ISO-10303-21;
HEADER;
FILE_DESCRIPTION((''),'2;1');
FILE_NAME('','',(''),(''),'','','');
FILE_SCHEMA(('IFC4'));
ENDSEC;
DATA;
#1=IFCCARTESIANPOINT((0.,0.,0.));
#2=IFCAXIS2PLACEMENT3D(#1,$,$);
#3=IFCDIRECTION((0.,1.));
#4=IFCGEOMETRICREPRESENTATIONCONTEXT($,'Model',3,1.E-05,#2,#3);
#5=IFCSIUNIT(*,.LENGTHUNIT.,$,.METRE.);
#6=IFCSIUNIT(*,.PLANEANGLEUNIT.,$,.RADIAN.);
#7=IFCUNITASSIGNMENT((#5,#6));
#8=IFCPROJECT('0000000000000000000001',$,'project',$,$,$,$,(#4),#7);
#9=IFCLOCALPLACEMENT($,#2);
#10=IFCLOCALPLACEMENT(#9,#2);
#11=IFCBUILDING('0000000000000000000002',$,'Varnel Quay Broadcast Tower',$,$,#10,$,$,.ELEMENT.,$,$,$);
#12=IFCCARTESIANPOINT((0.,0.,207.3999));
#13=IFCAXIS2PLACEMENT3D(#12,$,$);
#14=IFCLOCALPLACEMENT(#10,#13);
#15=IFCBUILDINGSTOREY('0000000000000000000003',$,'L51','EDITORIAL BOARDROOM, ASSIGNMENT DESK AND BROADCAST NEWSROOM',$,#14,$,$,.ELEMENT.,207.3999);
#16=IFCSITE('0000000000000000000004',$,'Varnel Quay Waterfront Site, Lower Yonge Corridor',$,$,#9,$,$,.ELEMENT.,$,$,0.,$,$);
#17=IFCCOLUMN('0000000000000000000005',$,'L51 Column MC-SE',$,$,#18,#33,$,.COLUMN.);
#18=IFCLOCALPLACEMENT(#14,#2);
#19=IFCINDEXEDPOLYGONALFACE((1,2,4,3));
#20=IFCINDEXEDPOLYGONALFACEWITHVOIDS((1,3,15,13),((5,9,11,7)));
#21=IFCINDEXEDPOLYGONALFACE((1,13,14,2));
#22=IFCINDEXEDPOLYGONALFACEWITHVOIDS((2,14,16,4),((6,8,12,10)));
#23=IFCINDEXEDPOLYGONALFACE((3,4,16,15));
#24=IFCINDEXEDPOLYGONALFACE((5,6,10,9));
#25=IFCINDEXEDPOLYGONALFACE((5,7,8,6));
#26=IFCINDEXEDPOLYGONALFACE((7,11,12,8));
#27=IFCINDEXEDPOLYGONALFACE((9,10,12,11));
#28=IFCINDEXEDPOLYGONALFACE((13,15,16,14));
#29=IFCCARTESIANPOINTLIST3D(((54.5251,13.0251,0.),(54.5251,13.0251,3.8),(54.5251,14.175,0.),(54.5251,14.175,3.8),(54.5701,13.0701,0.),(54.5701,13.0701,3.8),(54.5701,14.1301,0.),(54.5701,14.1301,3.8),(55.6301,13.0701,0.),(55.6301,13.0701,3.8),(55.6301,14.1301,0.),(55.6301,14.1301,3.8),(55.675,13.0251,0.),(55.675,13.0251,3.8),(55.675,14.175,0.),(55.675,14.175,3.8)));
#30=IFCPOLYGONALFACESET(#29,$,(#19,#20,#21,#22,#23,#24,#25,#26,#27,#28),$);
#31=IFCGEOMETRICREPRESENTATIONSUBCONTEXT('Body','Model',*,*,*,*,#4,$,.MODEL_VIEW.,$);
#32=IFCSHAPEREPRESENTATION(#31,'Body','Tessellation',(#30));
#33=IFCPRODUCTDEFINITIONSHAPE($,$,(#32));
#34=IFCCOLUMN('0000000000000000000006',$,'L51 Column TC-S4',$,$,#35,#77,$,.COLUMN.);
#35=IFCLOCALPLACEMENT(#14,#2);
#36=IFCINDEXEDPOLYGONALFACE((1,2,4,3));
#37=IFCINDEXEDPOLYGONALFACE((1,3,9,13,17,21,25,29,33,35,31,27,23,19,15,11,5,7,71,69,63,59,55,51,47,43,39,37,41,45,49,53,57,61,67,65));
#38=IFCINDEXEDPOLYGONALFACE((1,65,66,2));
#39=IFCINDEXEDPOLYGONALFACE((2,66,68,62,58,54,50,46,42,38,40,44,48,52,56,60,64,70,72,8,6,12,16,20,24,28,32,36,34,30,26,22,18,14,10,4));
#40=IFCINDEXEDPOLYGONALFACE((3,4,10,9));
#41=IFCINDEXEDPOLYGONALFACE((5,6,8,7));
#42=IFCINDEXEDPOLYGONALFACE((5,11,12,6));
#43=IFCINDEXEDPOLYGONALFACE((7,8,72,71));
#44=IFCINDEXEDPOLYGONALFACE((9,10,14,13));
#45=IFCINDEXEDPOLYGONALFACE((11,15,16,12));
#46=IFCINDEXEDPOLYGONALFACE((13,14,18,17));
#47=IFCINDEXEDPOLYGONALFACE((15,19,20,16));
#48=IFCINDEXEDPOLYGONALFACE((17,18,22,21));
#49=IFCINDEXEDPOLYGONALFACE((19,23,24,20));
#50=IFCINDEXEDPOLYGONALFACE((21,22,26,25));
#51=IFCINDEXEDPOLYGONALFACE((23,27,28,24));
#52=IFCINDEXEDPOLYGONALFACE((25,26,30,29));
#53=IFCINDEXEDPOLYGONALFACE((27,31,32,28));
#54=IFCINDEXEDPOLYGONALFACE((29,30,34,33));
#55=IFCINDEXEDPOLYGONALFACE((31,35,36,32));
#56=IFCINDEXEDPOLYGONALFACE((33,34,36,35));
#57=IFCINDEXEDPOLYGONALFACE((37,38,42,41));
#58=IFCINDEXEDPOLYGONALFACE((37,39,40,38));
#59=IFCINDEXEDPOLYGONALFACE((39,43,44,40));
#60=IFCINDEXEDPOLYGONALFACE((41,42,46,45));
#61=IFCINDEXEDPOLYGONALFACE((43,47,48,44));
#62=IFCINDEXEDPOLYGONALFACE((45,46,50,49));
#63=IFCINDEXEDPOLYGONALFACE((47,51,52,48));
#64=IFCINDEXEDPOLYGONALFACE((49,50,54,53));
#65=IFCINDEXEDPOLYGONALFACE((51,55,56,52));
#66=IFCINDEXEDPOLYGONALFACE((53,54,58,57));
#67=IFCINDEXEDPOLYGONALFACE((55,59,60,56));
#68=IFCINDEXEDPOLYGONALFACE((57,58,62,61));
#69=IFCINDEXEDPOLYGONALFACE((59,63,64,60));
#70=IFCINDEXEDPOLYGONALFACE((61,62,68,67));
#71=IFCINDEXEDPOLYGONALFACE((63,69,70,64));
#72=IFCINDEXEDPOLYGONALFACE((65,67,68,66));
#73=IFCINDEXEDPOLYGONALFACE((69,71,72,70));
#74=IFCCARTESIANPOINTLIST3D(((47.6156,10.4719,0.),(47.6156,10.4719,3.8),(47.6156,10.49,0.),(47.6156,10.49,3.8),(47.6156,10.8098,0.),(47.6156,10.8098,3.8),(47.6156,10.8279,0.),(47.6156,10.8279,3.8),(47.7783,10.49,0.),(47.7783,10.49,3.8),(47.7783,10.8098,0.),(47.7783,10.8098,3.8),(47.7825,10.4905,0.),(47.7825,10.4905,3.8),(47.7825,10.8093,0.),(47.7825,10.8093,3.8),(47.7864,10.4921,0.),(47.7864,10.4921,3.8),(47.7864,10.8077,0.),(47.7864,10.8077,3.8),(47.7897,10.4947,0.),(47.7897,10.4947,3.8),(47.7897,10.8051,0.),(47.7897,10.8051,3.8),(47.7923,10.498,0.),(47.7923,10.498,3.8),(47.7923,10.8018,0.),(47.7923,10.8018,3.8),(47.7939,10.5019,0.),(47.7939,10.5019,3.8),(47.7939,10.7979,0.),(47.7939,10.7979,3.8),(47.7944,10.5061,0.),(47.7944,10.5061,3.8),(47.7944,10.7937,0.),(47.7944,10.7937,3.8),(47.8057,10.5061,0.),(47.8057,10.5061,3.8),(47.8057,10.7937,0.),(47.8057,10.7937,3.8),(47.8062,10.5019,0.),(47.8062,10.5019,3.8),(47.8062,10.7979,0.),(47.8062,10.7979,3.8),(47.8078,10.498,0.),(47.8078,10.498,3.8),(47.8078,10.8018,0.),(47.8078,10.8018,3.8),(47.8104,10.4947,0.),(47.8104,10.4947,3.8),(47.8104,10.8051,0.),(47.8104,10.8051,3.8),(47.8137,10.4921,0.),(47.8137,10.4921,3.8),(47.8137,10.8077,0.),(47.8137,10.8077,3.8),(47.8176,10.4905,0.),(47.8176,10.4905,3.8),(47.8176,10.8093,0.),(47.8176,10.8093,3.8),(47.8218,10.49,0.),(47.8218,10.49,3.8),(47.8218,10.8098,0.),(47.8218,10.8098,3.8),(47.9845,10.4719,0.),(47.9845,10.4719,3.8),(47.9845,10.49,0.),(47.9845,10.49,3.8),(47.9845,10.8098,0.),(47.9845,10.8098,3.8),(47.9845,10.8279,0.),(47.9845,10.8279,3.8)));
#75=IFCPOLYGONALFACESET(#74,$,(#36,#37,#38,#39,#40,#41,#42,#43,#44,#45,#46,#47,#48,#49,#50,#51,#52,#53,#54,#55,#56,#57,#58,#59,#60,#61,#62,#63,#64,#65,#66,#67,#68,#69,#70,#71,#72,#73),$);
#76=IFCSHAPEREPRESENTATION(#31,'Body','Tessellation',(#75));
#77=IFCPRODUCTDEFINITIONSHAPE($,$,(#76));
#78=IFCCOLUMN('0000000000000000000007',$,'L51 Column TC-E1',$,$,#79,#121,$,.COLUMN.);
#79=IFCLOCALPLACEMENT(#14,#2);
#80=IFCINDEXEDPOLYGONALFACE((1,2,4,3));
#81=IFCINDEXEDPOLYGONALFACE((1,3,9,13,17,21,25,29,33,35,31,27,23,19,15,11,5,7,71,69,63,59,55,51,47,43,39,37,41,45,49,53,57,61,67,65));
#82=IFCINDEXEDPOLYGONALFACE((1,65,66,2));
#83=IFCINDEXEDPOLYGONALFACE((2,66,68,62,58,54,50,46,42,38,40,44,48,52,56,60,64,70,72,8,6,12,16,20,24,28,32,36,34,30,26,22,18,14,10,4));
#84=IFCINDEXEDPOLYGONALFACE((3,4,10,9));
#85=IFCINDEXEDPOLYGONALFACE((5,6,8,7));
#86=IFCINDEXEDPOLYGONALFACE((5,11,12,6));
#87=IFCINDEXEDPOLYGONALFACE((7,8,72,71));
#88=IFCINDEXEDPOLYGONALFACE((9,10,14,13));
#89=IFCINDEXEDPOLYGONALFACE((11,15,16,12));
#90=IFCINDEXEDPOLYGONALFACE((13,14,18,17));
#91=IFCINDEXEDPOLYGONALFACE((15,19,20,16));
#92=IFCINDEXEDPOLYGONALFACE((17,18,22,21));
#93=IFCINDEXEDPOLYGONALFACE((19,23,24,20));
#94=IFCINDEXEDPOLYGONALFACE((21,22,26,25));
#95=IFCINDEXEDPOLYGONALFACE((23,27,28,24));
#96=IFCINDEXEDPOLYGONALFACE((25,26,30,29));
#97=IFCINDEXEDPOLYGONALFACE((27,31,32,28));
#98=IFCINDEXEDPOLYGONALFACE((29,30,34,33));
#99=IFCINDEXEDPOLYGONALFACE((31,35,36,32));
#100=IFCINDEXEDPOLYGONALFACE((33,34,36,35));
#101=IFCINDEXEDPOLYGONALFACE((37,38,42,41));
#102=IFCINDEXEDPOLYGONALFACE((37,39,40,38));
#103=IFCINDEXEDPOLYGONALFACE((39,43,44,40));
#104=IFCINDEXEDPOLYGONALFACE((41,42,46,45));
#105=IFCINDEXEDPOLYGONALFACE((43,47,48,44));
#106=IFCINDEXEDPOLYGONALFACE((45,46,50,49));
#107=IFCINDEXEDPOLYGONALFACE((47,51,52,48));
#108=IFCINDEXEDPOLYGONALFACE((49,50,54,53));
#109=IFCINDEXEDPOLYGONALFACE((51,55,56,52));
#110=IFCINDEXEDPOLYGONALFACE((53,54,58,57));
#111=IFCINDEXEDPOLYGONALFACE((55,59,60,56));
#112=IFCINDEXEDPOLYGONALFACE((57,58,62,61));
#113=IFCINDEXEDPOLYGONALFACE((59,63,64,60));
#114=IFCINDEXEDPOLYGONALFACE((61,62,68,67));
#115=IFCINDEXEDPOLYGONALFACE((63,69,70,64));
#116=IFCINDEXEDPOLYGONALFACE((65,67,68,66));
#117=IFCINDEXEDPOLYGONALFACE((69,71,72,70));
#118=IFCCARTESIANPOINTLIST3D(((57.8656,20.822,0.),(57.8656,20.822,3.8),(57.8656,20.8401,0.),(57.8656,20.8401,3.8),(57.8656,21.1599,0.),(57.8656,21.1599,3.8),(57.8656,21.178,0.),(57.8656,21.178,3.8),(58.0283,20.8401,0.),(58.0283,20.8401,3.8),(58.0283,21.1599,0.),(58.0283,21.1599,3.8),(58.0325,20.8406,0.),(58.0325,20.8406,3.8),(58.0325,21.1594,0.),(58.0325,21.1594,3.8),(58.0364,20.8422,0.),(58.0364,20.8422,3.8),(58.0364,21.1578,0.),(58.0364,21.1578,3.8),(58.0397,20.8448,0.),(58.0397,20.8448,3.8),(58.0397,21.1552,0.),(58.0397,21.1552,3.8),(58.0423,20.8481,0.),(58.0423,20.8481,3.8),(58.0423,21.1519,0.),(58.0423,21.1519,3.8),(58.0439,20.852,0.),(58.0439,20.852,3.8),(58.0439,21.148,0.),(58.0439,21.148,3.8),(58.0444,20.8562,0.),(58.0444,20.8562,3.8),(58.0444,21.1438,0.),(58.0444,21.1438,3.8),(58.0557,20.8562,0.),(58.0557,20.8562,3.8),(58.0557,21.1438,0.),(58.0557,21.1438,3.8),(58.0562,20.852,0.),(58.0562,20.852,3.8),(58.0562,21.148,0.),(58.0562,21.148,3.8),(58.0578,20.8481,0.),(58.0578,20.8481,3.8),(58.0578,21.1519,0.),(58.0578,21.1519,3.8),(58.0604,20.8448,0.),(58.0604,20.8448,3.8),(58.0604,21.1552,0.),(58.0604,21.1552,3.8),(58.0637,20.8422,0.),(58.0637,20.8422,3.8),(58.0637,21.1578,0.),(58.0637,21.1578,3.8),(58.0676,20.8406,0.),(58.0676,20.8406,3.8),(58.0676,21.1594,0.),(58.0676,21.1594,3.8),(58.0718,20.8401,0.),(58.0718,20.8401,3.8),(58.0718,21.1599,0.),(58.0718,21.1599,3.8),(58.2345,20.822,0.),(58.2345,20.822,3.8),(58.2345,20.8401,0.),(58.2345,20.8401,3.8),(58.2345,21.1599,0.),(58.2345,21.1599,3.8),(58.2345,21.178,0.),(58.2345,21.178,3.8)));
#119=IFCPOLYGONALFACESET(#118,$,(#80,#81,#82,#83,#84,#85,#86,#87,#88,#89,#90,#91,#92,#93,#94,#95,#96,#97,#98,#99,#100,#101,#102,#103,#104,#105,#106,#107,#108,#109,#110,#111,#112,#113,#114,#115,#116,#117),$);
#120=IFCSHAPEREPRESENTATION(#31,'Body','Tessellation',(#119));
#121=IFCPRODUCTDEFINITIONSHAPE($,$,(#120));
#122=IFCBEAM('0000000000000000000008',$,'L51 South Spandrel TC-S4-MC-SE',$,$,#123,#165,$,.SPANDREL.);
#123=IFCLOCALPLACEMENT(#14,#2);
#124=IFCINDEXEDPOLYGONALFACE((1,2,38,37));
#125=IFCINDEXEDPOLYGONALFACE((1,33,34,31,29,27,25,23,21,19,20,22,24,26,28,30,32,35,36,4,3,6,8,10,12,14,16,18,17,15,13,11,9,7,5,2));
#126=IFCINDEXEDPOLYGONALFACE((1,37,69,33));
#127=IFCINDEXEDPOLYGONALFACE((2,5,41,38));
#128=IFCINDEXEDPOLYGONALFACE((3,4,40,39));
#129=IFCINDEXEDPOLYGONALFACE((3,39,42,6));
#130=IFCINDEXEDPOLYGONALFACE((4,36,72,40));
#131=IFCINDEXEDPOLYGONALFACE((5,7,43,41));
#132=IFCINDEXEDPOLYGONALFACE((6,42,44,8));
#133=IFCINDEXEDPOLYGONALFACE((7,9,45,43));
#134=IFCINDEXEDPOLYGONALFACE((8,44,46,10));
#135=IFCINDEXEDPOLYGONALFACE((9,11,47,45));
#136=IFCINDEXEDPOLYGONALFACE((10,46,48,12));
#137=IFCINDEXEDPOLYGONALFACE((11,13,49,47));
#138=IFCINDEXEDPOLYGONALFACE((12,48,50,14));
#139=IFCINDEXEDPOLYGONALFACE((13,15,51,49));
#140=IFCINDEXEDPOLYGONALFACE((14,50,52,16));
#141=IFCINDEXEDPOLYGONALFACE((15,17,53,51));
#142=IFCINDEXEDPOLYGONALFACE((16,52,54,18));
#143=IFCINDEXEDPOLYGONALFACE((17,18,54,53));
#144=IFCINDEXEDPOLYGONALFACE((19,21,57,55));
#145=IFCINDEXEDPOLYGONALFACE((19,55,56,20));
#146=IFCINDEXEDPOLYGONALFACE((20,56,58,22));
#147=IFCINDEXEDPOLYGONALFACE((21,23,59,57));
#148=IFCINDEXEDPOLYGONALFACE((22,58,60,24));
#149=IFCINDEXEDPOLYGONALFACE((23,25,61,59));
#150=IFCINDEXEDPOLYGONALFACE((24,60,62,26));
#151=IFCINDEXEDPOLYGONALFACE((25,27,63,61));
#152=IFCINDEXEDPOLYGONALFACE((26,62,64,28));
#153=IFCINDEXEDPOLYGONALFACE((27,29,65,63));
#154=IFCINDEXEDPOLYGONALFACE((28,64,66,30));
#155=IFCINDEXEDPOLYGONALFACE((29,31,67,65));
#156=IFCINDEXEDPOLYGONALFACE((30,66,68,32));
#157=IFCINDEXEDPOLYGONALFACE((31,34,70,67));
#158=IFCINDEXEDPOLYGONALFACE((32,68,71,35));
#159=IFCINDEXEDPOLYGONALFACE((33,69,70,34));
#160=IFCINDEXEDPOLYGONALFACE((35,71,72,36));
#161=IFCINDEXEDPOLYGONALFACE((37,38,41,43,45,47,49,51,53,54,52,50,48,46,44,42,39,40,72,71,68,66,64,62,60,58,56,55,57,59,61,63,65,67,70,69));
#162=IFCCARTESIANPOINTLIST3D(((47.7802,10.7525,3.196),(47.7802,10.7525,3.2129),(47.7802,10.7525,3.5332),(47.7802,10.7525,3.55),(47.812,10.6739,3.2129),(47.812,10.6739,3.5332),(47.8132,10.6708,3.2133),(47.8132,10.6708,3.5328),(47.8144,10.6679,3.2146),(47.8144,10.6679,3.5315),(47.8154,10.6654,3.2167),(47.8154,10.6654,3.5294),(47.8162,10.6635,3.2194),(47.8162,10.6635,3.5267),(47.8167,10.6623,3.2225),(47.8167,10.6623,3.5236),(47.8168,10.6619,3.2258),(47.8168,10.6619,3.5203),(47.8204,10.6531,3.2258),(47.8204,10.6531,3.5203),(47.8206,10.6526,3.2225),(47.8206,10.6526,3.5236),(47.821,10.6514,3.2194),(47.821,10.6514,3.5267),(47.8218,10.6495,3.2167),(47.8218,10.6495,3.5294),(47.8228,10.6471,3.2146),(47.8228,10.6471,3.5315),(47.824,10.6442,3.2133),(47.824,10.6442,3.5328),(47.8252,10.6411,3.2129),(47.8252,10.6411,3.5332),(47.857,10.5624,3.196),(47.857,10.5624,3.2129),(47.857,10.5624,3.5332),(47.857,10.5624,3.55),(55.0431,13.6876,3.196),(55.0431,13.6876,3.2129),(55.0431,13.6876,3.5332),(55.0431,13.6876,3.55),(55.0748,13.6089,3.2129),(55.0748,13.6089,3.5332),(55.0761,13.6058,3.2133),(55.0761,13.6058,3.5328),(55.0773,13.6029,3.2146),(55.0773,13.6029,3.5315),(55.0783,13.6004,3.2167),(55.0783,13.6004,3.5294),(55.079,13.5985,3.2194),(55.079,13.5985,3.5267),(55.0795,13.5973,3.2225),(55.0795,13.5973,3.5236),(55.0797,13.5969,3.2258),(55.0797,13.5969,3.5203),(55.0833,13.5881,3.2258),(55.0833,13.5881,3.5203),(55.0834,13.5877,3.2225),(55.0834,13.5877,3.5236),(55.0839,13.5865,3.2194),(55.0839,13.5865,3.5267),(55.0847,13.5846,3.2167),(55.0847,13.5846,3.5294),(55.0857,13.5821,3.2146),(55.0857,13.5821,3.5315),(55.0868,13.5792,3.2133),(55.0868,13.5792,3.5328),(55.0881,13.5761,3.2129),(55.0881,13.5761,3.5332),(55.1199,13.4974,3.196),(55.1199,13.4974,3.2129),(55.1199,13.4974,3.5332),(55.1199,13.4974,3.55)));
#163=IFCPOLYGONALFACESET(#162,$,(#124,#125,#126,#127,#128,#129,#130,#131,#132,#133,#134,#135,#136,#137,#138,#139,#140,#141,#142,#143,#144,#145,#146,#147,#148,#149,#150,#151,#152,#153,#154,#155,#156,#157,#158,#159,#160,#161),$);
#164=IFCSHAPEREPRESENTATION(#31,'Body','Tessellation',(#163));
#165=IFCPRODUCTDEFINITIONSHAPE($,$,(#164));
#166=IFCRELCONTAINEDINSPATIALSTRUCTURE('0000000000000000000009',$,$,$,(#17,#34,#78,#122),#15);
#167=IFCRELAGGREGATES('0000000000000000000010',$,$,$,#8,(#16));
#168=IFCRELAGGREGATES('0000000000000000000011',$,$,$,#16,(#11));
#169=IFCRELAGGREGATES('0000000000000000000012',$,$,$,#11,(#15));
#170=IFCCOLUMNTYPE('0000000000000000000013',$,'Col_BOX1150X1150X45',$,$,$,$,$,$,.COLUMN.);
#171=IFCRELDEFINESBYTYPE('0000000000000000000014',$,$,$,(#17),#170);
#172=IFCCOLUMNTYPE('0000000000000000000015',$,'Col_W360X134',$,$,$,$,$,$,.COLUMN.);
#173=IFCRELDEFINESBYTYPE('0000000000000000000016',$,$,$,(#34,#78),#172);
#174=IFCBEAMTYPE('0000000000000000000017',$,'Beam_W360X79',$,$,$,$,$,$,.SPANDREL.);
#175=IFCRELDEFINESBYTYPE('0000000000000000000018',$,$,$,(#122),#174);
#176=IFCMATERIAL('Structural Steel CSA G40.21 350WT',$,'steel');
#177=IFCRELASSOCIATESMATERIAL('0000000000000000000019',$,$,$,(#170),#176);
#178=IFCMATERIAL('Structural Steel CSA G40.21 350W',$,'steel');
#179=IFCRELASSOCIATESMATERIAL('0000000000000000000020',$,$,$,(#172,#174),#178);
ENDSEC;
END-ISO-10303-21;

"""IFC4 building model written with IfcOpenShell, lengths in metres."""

from ifc_helpers import new_model, si_unit, direction, frame, origin, origin_2d, place, context, subcontext, project, spatial, hollow_rectangle, i_section, extrude, source, transform, mapped, material, material_profile, profile_set, type_object, type_shapes, element, save


model = new_model("IFC4")

# Units and contexts
model_context = context("Model", 3, precision=1e-05, world=origin(), true_north=direction((0.0, 1.0)))
body_context = subcontext(model_context, "Body", "Model", "MODEL_VIEW")
ifc_project = project(units=[si_unit("LENGTHUNIT", "METRE"), si_unit("PLANEANGLEUNIT", "RADIAN")], contexts=[model_context])

# Site, building, storey
site_placement = place(None, origin())
site = spatial("IfcSite", under=ifc_project, at=site_placement, Name="Varnel Quay Waterfront Site, Lower Yonge Corridor", CompositionType="ELEMENT", RefElevation=0.0)
building_placement = place(site_placement, origin())
building = spatial("IfcBuilding", under=site, at=building_placement, Name="Varnel Quay Broadcast Tower", CompositionType="ELEMENT")
storey_placement = place(building_placement, frame((0.0, 0.0, 207.3999)))
storey = spatial("IfcBuildingStorey", under=building, at=storey_placement, Name="L51", Description="EDITORIAL BOARDROOM, ASSIGNMENT DESK AND BROADCAST NEWSROOM", CompositionType="ELEMENT", Elevation=207.3999)

# Columns
ifc_material_1 = material(Name="Structural Steel CSA G40.21 350WT", Category="steel")
ifc_material_profile_1 = material_profile(ifc_material_1, hollow_rectangle(XDim=1.1499, YDim=1.1499, WallThickness=0.0449, at=origin_2d()), Name="BOX1150X1150X45")
ifc_profile_set_1 = profile_set([ifc_material_profile_1], Name="Structural Steel CSA G40.21 350WT")
column_type_1 = type_object("IfcColumnType", Name="Col_BOX1150X1150X45", PredefinedType="COLUMN", material=ifc_profile_set_1)
shared_shape_1 = source(origin(), body_context, "Body", "SweptSolid", [
    extrude(hollow_rectangle(XDim=1.1499, YDim=1.1499, WallThickness=0.0449, at=origin_2d()), origin(), (0.0, 0.0, 1.0), 3.8),
])
type_shapes(column_type_1, [shared_shape_1])
column_placement = place(storey_placement, frame((55.1001, 13.6001, 0.0), z_axis=(0.0, 0.0, 1.0), x_axis=(1.0, 0.0, 0.0)))
element("IfcColumn", 1, at=column_placement, inside=storey, type_object=column_type_1, Name="L51 Column MC-SE", PredefinedType="COLUMN", context=body_context, shape_type="MappedRepresentation", body=[
    mapped(shared_shape_1, transform((0.0, 0.0, 0.0), x_axis=(1.0, 0.0, 0.0), y_axis=(0.0, 1.0, 0.0), z_axis=(0.0, 0.0, 1.0), scale=1.0)),
])
ifc_material_2 = material(Name="Structural Steel CSA G40.21 350W", Category="steel")
ifc_material_profile_2 = material_profile(ifc_material_2, i_section(OverallWidth=0.3689, OverallDepth=0.356, WebThickness=0.0112, FlangeThickness=0.0181, FilletRadius=0.0161, at=origin_2d()), Name="W360X134")
ifc_profile_set_2 = profile_set([ifc_material_profile_2], Name="Structural Steel CSA G40.21 350W")
column_type_2 = type_object("IfcColumnType", Name="Col_W360X134", PredefinedType="COLUMN", material=ifc_profile_set_2)
shared_shape_2 = source(origin(), body_context, "Body", "SweptSolid", [
    extrude(i_section(OverallWidth=0.3689, OverallDepth=0.356, WebThickness=0.0112, FlangeThickness=0.0181, FilletRadius=0.0161, at=origin_2d()), origin(), (0.0, 0.0, 1.0), 3.8),
])
type_shapes(column_type_2, [shared_shape_2])
for number, where, z_axis, x_axis, name in (
    (2, (47.8, 10.6499, 0.0), (0.0, 0.0, 1.0), (1.0, 0.0, 0.0), "L51 Column TC-S4"),
    (3, (58.05, 21.0, 0.0), (0.0, 0.0, 1.0), (1.0, 0.0, 0.0), "L51 Column TC-E1"),
):
    element("IfcColumn", number, at=place(storey_placement, frame(where, z_axis=z_axis, x_axis=x_axis)), inside=storey, type_object=column_type_2, Name=name, PredefinedType="COLUMN", context=body_context, shape_type="MappedRepresentation", body=[
        mapped(shared_shape_2, transform((0.0, 0.0, 0.0), x_axis=(1.0, 0.0, 0.0), y_axis=(0.0, 1.0, 0.0), z_axis=(0.0, 0.0, 1.0), scale=1.0)),
    ])

# Beam
ifc_material_profile_3 = material_profile(ifc_material_2, i_section(OverallWidth=0.2051, OverallDepth=0.354, WebThickness=0.0095, FlangeThickness=0.0168, FilletRadius=0.0129, at=origin_2d()), Name="W360X79")
ifc_profile_set_3 = profile_set([ifc_material_profile_3], Name="Structural Steel CSA G40.21 350W")
beam_type_1 = type_object("IfcBeamType", Name="Beam_W360X79", PredefinedType="SPANDREL", material=ifc_profile_set_3)
shared_shape_3 = source(origin(), body_context, "Body", "SweptSolid", [
    extrude(i_section(OverallWidth=0.2051, OverallDepth=0.354, WebThickness=0.0095, FlangeThickness=0.0168, FilletRadius=0.0129, at=origin_2d()), origin(), (0.0, 0.0, 1.0), 7.8335),
])
beam_1_placement = place(storey_placement, frame((47.8186, 10.6575, 3.373), z_axis=(0.927155, 0.374677, 0.0), x_axis=(-0.374677, 0.927155, 0.0)))
element("IfcBeam", 4, at=beam_1_placement, inside=storey, type_object=beam_type_1, Name="L51 South Spandrel TC-S4-MC-SE", PredefinedType="SPANDREL", context=body_context, shape_type="MappedRepresentation", body=[
    mapped(shared_shape_3, transform((0.0, 0.0, 0.0), x_axis=(1.0, 0.0, 0.0), y_axis=(0.0, 1.0, 0.0), z_axis=(0.0, 0.0, 1.0), scale=1.0)),
])

save(model, "model.ifc")
